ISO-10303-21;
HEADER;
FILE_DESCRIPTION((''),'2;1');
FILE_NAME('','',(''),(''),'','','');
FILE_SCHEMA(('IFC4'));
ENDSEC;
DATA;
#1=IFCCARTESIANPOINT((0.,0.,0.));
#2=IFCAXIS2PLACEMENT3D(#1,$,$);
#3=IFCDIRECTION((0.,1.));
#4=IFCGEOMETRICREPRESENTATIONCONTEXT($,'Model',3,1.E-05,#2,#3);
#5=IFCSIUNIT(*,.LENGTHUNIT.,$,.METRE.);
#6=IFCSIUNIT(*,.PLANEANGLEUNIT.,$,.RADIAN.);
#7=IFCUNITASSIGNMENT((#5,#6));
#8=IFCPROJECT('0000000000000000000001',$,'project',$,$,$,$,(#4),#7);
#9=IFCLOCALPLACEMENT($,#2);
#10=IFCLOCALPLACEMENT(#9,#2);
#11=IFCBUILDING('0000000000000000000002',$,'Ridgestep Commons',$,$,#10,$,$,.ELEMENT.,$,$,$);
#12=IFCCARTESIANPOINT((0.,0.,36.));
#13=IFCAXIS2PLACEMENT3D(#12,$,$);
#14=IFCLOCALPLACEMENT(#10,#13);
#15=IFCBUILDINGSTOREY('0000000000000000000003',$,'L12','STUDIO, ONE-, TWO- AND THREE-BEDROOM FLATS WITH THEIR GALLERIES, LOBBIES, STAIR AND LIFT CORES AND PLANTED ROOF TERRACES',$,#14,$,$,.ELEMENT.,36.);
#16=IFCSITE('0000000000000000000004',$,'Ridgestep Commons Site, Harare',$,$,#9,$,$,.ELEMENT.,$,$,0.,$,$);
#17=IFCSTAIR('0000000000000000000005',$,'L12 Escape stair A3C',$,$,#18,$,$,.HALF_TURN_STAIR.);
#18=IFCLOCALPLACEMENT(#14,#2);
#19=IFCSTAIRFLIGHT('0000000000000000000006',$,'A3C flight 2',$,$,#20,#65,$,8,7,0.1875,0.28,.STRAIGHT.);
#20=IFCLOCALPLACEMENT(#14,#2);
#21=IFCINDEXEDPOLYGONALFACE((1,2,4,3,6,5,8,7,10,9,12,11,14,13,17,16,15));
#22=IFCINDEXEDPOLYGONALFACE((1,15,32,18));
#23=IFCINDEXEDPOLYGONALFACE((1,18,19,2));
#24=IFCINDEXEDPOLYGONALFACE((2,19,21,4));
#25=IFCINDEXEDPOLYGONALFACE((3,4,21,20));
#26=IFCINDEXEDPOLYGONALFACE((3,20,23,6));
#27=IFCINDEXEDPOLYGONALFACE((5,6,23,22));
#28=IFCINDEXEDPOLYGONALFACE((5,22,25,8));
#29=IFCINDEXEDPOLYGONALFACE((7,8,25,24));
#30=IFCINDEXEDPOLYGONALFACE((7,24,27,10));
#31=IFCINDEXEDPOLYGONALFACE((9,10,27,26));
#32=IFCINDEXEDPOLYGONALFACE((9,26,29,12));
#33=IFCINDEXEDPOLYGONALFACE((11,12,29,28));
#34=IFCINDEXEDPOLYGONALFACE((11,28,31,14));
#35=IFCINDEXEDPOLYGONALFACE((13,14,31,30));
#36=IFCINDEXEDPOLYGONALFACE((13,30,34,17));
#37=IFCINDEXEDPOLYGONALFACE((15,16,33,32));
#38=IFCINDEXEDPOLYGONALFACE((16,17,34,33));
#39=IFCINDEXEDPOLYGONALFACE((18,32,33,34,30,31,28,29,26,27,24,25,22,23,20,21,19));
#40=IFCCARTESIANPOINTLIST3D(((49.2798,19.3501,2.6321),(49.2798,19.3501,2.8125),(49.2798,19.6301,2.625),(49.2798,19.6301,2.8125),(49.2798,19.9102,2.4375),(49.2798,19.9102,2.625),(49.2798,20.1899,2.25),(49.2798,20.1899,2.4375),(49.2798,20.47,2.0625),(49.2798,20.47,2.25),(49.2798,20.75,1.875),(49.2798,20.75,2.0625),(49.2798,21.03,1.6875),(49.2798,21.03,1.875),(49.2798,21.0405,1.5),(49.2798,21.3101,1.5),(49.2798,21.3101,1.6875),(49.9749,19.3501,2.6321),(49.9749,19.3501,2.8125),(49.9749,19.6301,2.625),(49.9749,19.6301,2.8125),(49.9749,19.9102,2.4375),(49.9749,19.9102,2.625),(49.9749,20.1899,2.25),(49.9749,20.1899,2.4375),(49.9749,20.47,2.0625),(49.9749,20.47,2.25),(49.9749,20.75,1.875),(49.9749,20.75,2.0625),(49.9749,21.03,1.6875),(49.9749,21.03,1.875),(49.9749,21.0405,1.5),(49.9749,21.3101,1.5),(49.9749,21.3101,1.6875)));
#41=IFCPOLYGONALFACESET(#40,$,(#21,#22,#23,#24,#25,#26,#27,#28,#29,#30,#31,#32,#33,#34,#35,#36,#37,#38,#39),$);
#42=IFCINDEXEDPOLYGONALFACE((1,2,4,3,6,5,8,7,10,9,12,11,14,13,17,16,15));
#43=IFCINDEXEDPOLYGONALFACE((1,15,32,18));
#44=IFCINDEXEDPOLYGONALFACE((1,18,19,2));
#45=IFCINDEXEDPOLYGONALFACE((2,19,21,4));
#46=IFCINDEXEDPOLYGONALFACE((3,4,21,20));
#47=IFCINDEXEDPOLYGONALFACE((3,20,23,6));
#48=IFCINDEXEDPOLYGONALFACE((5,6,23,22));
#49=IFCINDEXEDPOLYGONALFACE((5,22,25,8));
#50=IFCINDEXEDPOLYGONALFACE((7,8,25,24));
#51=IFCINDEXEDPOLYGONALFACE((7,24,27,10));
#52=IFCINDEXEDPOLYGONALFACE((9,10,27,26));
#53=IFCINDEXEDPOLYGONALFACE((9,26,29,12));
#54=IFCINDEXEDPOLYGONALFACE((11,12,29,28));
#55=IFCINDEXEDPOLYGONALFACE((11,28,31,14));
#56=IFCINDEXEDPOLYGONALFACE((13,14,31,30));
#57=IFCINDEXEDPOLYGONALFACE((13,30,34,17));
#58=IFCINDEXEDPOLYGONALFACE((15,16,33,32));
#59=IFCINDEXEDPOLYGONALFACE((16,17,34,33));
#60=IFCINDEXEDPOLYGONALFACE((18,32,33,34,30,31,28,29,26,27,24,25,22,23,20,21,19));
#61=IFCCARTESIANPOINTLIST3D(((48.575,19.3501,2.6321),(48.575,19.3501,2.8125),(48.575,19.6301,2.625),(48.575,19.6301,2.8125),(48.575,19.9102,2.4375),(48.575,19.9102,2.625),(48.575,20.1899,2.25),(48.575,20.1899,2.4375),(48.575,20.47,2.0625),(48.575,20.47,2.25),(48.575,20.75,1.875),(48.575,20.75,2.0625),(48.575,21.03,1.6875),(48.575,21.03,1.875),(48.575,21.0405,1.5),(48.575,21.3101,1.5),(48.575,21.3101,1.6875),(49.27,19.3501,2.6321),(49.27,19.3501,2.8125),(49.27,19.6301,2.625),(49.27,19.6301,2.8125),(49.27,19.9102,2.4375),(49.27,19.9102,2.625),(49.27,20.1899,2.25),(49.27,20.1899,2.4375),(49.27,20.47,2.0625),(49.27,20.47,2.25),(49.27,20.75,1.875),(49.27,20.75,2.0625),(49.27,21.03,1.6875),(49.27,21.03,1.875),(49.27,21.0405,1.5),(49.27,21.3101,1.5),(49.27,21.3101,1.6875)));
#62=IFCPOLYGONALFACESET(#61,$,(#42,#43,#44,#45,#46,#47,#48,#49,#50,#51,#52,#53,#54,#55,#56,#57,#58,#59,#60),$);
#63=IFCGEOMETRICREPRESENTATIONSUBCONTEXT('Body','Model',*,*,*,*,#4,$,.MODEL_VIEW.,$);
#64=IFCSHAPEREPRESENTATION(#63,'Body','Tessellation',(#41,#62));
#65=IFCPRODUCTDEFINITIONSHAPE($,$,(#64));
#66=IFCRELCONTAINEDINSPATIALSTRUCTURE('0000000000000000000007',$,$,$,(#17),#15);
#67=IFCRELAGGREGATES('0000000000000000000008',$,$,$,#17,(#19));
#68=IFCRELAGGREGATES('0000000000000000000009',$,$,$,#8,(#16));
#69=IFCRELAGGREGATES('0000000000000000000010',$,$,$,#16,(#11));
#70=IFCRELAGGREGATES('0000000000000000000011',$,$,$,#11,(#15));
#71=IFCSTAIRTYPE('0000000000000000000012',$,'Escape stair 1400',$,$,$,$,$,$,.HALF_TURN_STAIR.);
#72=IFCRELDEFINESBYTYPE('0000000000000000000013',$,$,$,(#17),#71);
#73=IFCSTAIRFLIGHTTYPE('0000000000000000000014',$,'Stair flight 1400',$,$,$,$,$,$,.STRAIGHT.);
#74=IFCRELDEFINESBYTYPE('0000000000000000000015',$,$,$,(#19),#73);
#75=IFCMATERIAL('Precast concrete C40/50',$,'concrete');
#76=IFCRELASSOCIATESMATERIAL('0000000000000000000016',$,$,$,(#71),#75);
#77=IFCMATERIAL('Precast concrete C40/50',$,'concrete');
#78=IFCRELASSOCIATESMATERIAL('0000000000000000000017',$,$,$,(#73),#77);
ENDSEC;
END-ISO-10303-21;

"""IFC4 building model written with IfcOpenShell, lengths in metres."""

from ifc_helpers import new_model, si_unit, direction, frame, origin, place, context, subcontext, project, spatial, polyline, outline, extrude, material, type_object, element, aggregate, save


model = new_model("IFC4")

# Units and contexts
model_context = context("Model", 3, precision=1e-05, world=origin(), true_north=direction((0.0, 1.0)))
body_context = subcontext(model_context, "Body", "Model", "MODEL_VIEW")
ifc_project = project(units=[si_unit("LENGTHUNIT", "METRE"), si_unit("PLANEANGLEUNIT", "RADIAN")], contexts=[model_context])

# Site, building, storey
site_placement = place(None, origin())
site = spatial("IfcSite", under=ifc_project, at=site_placement, Name="Ridgestep Commons Site, Harare", CompositionType="ELEMENT", RefElevation=0.0)
building_placement = place(site_placement, origin())
building = spatial("IfcBuilding", under=site, at=building_placement, Name="Ridgestep Commons", CompositionType="ELEMENT")
storey_placement = place(building_placement, frame((0.0, 0.0, 36.0)))
storey = spatial("IfcBuildingStorey", under=building, at=storey_placement, Name="L12", Description="STUDIO, ONE-, TWO- AND THREE-BEDROOM FLATS WITH THEIR GALLERIES, LOBBIES, STAIR AND LIFT CORES AND PLANTED ROOF TERRACES", CompositionType="ELEMENT", Elevation=36.0)

# Stair, stair flight
ifc_material_1 = material(Name="Precast concrete C40/50", Category="concrete")
stair_type = type_object("IfcStairType", Name="Escape stair 1400", PredefinedType="HALF_TURN_STAIR", material=ifc_material_1)
stair_placement = place(storey_placement, origin())
stair = element("IfcStair", 1, at=stair_placement, inside=storey, type_object=stair_type, Name="L12 Escape stair A3C", PredefinedType="HALF_TURN_STAIR")
ifc_material_2 = material(Name="Precast concrete C40/50", Category="concrete")
stair_flight_type = type_object("IfcStairFlightType", Name="Stair flight 1400", PredefinedType="STRAIGHT", material=ifc_material_2)
stair_flight_placement = place(storey_placement, frame((49.2749, 21.3101, 1.5), z_axis=(0.0, 0.0, 1.0), x_axis=(0.0, -1.0, 0.0)))
stair_flight = element("IfcStairFlight", 2, at=stair_flight_placement, type_object=stair_flight_type, Name="A3C flight 2", NumberOfRisers=8, NumberOfTreads=7, PredefinedType="STRAIGHT", RiserHeight=0.1875, TreadLength=0.28, context=body_context, shape_type="SweptSolid", body=[
    extrude(outline(polyline([(0.0, 0.0), (0.0, 0.1875), (0.28, 0.1875), (0.28, 0.375), (0.5601, 0.375), (0.5601, 0.5625), (0.8401, 0.5625), (0.8401, 0.75), (1.1201, 0.75), (1.1201, 0.9375), (1.3999, 0.9375), (1.3999, 1.125), (1.6799, 1.125), (1.6799, 1.3125), (1.96, 1.3125), (1.96, 1.5), (1.96, 1.1321), (0.2695, 0.0), (0.0, 0.0)])), frame((0.0, 0.7, 0.0), z_axis=(0.0, -1.0, 0.0), x_axis=(1.0, 0.0, 0.0)), (0.0, 0.0, 1.0), 0.6951),
    extrude(outline(polyline([(0.0, 0.0), (0.0, 0.1875), (0.28, 0.1875), (0.28, 0.375), (0.5601, 0.375), (0.5601, 0.5625), (0.8401, 0.5625), (0.8401, 0.75), (1.1201, 0.75), (1.1201, 0.9375), (1.3999, 0.9375), (1.3999, 1.125), (1.6799, 1.125), (1.6799, 1.3125), (1.96, 1.3125), (1.96, 1.5), (1.96, 1.1321), (0.2695, 0.0), (0.0, 0.0)])), frame((0.0, -0.0049, 0.0), z_axis=(0.0, -1.0, 0.0), x_axis=(1.0, 0.0, 0.0)), (0.0, 0.0, 1.0), 0.6951),
])
aggregate(stair, [stair_flight])

save(model, "model.ifc")
